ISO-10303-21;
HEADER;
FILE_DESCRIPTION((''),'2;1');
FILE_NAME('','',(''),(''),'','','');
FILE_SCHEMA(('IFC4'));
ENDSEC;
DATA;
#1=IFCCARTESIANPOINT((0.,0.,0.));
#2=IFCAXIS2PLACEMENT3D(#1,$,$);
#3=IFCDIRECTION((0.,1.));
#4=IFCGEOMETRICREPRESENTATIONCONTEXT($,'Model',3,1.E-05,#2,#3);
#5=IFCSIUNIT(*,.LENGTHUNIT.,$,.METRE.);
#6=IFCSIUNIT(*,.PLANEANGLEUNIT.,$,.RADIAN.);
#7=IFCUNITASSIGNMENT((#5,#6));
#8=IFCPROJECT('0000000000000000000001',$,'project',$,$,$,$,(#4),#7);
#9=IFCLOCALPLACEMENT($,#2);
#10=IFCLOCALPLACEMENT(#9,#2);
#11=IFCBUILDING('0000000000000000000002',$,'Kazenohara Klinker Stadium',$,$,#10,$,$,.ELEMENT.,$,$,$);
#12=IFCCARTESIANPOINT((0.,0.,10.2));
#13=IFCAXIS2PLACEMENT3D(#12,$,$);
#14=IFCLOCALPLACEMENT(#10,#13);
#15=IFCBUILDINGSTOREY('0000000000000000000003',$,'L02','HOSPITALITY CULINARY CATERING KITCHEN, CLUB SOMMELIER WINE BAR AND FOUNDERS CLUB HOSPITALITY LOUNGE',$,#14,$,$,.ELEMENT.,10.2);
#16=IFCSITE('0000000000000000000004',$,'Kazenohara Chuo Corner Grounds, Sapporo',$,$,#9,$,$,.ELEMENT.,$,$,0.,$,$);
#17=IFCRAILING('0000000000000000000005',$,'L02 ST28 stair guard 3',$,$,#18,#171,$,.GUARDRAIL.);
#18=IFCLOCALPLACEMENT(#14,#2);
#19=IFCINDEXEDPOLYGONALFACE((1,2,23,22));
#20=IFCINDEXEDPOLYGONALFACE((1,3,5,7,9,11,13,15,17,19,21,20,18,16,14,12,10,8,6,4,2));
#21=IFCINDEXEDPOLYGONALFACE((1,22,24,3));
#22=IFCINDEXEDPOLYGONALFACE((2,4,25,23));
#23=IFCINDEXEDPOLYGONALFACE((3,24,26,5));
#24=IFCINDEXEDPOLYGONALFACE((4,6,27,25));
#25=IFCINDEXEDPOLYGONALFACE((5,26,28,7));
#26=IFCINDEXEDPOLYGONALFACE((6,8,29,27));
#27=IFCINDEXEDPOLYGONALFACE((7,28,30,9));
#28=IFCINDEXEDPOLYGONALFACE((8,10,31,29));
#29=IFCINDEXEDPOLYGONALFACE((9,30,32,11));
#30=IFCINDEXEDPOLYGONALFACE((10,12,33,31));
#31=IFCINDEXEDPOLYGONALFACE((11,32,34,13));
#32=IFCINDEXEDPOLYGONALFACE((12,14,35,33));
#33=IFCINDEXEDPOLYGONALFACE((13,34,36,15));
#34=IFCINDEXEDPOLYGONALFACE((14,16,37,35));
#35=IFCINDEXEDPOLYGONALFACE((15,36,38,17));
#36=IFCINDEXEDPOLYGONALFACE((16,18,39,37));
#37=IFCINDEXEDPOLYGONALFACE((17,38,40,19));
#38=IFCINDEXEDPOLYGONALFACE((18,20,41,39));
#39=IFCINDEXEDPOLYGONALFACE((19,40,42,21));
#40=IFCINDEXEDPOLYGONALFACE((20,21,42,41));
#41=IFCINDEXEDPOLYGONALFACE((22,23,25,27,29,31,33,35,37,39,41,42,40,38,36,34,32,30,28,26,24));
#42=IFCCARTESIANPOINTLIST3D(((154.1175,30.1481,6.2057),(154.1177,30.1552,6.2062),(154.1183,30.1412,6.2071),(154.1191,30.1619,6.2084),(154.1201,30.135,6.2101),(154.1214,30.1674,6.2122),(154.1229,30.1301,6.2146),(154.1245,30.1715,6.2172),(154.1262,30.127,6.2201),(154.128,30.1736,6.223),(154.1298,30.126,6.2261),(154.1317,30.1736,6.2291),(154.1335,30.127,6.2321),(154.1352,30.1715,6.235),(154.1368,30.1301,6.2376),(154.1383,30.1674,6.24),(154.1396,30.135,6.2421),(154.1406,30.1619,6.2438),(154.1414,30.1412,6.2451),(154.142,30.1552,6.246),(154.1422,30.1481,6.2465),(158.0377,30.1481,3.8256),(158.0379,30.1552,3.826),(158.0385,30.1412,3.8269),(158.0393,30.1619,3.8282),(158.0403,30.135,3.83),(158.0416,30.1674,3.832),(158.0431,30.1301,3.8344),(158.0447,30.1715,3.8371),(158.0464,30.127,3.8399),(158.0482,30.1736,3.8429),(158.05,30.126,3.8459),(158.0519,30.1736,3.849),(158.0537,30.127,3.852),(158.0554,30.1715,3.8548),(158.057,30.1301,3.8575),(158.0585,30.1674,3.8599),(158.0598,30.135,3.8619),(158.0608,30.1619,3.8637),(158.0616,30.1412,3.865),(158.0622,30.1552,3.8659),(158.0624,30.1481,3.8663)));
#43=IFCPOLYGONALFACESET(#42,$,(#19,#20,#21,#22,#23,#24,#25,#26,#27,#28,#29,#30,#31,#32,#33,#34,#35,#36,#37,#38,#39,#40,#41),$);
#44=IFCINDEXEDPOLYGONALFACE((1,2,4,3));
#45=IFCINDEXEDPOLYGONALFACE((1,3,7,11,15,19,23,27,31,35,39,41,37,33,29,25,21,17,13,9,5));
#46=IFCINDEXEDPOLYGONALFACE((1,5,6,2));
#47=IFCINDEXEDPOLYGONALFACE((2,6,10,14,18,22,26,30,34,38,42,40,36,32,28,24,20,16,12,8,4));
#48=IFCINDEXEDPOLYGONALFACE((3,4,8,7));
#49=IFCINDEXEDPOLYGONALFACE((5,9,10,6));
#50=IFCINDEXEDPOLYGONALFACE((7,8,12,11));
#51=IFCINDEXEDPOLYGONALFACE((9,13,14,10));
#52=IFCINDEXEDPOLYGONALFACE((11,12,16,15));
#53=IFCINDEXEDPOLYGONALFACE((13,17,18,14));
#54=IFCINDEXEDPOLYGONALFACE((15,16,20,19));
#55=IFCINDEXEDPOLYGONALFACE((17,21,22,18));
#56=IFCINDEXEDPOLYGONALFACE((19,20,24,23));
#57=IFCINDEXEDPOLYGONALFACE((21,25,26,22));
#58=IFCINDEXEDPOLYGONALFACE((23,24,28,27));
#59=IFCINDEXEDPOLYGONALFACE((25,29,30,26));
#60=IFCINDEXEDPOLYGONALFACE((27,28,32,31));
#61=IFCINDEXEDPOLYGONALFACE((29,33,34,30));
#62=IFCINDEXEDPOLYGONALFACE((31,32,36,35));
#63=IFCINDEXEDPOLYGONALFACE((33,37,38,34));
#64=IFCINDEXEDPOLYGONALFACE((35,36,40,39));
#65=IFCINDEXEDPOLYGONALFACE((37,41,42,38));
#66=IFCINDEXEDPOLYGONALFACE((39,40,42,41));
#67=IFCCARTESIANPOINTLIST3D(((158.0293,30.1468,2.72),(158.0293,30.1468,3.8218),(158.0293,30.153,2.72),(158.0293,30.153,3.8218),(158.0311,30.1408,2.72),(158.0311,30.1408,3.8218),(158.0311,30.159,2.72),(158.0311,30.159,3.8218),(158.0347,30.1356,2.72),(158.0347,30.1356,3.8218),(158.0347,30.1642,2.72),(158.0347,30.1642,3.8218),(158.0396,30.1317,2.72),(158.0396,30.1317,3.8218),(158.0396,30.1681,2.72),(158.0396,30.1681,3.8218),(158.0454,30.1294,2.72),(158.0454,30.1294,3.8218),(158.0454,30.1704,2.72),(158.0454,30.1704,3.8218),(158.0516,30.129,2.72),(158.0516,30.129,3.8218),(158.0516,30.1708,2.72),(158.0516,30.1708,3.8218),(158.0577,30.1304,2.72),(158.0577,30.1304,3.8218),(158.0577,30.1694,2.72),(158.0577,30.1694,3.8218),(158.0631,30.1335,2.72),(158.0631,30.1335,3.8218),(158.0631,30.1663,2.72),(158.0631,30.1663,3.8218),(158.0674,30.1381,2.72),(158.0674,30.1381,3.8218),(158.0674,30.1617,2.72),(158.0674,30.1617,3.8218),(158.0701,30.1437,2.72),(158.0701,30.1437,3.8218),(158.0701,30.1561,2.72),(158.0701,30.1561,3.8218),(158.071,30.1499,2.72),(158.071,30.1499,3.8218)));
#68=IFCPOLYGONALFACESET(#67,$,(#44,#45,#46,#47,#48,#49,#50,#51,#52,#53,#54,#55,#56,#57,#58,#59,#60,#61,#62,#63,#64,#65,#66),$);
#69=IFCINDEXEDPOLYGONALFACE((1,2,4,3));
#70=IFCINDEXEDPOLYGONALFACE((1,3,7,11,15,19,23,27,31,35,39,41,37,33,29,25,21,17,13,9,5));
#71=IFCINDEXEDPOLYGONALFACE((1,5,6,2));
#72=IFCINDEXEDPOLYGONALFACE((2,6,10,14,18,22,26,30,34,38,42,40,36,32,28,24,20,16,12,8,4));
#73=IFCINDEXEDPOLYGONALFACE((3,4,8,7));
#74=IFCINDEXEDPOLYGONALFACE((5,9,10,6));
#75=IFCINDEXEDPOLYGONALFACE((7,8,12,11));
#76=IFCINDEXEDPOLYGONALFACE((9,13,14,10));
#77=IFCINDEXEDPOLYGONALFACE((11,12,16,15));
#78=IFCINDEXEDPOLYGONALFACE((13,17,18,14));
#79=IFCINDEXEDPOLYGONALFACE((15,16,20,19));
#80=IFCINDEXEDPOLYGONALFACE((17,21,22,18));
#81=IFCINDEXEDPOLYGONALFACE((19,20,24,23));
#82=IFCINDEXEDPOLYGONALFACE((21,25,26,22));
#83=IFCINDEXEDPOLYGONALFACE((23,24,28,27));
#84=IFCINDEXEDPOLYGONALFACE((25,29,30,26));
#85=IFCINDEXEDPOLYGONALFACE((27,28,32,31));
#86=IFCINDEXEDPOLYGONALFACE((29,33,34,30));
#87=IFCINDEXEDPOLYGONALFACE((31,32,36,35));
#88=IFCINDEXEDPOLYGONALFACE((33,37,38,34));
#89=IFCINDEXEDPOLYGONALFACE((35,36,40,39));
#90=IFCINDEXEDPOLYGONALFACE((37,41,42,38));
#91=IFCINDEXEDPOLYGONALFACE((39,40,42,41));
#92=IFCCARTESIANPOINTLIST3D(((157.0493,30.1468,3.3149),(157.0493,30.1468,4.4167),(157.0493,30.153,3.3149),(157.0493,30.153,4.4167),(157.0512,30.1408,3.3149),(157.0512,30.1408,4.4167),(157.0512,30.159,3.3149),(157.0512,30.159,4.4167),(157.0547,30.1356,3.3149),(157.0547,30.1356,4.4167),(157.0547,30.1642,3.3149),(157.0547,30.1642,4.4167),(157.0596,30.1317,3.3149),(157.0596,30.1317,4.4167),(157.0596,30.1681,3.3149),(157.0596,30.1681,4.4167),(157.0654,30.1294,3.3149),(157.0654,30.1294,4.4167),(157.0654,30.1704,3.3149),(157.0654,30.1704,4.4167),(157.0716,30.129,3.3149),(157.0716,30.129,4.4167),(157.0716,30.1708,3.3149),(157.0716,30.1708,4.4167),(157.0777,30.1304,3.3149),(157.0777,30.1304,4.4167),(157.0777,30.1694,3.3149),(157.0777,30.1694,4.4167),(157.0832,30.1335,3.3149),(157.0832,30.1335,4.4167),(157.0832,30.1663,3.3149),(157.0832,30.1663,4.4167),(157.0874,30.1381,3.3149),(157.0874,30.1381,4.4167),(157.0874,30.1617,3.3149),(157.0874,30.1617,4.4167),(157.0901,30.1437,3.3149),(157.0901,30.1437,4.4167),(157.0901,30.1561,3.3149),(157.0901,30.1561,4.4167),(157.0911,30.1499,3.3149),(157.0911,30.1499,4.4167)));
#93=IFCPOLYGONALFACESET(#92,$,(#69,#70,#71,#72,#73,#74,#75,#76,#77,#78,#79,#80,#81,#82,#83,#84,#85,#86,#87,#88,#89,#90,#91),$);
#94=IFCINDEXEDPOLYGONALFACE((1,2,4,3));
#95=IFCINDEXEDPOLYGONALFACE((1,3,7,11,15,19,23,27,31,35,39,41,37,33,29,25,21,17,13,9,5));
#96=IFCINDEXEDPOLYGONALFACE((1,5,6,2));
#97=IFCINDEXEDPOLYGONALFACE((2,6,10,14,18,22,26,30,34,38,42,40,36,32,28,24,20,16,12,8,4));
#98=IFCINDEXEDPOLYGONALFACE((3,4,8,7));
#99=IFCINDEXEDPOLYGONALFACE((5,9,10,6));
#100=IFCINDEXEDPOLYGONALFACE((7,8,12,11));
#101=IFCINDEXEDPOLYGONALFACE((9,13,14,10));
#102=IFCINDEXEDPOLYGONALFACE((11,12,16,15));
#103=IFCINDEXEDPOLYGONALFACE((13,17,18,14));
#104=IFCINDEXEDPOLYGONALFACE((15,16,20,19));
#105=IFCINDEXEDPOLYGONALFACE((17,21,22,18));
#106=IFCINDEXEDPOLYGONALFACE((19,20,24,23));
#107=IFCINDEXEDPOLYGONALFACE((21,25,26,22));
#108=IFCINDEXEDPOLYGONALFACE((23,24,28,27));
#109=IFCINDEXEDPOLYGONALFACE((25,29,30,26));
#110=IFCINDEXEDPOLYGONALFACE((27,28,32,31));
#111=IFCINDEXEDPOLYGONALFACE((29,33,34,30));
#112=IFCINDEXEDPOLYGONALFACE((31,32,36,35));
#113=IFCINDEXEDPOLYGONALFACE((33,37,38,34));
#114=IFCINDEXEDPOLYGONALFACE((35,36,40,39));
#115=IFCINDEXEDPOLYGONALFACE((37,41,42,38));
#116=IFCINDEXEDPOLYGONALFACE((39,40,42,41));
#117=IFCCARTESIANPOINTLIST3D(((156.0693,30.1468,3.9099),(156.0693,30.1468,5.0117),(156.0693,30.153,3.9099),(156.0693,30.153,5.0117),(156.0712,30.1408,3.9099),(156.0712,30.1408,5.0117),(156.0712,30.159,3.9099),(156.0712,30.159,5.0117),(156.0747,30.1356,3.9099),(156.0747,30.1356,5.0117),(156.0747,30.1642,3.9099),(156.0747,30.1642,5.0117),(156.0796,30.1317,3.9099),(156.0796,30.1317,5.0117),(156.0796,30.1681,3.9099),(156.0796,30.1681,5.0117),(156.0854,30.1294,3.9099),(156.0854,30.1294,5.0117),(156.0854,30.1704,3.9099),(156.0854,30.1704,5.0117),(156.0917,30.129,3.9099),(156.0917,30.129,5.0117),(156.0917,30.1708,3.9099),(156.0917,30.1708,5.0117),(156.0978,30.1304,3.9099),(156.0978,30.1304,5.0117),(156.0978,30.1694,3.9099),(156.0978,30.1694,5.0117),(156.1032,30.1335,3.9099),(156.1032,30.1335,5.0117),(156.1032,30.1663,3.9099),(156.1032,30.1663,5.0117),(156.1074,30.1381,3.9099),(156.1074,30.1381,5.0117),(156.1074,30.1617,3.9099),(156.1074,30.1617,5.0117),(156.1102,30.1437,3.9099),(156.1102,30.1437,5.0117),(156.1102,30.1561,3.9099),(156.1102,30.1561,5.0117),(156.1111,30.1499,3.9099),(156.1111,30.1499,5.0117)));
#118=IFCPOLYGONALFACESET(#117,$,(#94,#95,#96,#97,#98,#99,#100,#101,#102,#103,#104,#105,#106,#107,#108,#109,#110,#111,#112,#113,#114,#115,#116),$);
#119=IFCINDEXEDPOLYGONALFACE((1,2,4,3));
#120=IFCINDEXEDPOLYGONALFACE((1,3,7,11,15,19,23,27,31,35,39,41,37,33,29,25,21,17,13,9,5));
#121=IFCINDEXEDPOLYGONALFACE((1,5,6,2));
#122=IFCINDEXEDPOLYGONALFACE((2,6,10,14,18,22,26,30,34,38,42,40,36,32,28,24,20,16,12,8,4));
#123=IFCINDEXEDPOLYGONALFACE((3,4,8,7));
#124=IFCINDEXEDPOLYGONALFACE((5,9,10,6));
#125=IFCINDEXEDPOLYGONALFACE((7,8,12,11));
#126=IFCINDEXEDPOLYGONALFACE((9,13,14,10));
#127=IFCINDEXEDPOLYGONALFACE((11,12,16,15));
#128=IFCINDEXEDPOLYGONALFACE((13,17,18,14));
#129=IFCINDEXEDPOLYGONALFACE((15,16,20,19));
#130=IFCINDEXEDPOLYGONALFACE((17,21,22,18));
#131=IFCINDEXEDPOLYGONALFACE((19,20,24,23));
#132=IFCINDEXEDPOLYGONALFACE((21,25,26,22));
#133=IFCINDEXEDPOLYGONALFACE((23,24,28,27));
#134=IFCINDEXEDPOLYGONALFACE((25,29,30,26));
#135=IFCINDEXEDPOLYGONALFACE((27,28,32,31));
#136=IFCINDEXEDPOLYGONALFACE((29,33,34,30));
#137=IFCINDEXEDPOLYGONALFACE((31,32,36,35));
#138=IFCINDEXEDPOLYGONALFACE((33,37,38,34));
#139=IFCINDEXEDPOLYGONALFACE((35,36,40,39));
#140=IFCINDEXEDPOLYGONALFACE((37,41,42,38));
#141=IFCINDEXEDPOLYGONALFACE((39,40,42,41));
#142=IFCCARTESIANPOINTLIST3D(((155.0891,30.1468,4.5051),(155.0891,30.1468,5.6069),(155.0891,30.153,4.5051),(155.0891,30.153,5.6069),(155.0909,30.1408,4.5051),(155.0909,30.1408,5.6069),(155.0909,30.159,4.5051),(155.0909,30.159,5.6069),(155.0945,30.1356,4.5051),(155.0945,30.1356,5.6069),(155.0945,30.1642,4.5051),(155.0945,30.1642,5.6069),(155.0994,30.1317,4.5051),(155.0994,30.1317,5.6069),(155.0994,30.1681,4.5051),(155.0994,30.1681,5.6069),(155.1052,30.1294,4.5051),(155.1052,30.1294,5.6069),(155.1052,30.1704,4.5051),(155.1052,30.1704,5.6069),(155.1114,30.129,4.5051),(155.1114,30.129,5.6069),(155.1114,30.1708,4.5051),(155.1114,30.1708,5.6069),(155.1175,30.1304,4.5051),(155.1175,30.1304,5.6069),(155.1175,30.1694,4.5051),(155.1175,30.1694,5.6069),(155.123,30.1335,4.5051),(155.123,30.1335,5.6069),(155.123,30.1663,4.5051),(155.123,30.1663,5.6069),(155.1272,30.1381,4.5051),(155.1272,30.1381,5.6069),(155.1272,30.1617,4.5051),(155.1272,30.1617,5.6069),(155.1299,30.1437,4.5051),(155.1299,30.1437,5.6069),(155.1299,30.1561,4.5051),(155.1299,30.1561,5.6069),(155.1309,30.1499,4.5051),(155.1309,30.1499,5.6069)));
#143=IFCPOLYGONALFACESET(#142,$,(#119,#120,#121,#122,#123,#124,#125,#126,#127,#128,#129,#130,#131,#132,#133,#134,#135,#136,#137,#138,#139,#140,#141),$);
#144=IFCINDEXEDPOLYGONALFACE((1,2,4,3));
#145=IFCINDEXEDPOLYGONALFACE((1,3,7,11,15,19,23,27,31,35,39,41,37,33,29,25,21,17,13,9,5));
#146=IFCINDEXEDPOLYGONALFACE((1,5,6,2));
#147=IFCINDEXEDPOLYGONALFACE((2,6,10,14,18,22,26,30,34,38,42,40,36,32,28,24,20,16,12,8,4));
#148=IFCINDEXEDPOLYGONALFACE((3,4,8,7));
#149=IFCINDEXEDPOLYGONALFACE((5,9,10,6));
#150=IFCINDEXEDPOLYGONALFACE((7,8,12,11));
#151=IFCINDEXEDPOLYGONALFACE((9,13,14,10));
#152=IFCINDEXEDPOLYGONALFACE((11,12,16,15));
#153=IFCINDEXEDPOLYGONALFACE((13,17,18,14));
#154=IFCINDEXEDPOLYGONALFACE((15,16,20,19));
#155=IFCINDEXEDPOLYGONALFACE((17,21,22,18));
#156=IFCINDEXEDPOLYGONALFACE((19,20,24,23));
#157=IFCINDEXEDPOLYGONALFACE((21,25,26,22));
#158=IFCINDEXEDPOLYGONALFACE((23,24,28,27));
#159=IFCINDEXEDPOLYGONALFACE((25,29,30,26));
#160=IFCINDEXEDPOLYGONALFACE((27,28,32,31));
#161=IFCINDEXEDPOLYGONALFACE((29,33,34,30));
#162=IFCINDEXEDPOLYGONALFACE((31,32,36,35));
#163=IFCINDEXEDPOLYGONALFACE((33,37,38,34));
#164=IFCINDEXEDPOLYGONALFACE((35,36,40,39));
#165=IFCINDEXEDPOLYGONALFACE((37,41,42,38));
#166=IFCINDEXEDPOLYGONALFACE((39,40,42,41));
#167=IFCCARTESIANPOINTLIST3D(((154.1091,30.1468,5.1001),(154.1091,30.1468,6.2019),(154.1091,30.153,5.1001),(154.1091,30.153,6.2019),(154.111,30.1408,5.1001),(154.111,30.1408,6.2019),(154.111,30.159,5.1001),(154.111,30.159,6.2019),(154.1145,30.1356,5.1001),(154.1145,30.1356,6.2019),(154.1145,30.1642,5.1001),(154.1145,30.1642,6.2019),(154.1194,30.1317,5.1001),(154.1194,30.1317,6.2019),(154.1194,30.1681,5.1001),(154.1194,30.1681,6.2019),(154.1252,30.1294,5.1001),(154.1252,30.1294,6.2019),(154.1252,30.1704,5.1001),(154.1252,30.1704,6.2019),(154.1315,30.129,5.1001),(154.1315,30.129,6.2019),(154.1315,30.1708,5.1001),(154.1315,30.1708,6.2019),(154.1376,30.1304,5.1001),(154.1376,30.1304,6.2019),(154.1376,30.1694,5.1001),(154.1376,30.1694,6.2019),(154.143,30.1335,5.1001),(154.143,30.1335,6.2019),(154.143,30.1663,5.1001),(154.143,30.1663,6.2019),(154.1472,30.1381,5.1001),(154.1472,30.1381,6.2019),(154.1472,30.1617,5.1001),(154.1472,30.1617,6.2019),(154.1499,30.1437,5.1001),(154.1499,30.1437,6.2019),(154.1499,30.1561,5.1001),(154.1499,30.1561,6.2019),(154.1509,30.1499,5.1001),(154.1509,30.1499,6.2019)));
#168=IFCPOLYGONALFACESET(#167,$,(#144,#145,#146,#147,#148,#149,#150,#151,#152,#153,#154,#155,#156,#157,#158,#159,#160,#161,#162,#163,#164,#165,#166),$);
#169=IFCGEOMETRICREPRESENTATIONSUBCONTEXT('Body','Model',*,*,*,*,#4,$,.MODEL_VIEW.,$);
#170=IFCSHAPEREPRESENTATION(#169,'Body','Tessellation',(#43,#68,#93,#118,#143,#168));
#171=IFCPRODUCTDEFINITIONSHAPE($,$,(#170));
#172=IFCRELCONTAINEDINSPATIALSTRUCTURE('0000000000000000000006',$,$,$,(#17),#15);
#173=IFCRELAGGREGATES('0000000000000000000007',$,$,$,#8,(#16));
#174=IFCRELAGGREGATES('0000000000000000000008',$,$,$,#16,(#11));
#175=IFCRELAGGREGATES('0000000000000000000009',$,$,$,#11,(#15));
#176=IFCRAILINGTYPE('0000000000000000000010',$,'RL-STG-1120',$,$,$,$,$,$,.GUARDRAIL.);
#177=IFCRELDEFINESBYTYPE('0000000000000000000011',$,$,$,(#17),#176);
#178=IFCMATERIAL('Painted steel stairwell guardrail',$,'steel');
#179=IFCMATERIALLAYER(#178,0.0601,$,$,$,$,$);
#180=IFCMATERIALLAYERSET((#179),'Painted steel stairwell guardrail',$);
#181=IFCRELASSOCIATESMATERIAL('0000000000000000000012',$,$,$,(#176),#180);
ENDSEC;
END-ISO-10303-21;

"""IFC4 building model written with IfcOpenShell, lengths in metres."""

from ifc_helpers import new_model, si_unit, direction, frame, origin, origin_2d, place, context, subcontext, project, spatial, circle, extrude, material, layer, layer_set, type_object, element, save


model = new_model("IFC4")

# Units and contexts
model_context = context("Model", 3, precision=1e-05, world=origin(), true_north=direction((0.0, 1.0)))
body_context = subcontext(model_context, "Body", "Model", "MODEL_VIEW")
ifc_project = project(units=[si_unit("LENGTHUNIT", "METRE"), si_unit("PLANEANGLEUNIT", "RADIAN")], contexts=[model_context])

# Site, building, storey
site_placement = place(None, origin())
site = spatial("IfcSite", under=ifc_project, at=site_placement, Name="Kazenohara Chuo Corner Grounds, Sapporo", CompositionType="ELEMENT", RefElevation=0.0)
building_placement = place(site_placement, origin())
building = spatial("IfcBuilding", under=site, at=building_placement, Name="Kazenohara Klinker Stadium", CompositionType="ELEMENT")
storey_placement = place(building_placement, frame((0.0, 0.0, 10.2)))
storey = spatial("IfcBuildingStorey", under=building, at=storey_placement, Name="L02", Description="HOSPITALITY CULINARY CATERING KITCHEN, CLUB SOMMELIER WINE BAR AND FOUNDERS CLUB HOSPITALITY LOUNGE", CompositionType="ELEMENT", Elevation=10.2)

# Railing
ifc_material_1 = material(Name="Painted steel stairwell guardrail", Category="steel")
ifc_layer_1 = layer(ifc_material_1, 0.0601)
ifc_layer_set_1 = layer_set([ifc_layer_1], Name="Painted steel stairwell guardrail")
railing_type_1 = type_object("IfcRailingType", Name="RL-STG-1120", PredefinedType="GUARDRAIL", material=ifc_layer_set_1)
railing_1_placement = place(storey_placement, frame((158.05, 30.1499, 2.72)))
element("IfcRailing", 1, at=railing_1_placement, inside=storey, type_object=railing_type_1, Name="L02 ST28 stair guard 3", PredefinedType="GUARDRAIL", context=body_context, shape_type="SweptSolid", body=[
    extrude(circle(Radius=0.0239, at=origin_2d()), frame((0.0, 0.0, 1.126), z_axis=(-0.854785, 0.0, 0.518982), x_axis=(0.0, -1.0, 0.0)), (0.0, 0.0, 1.0), 4.5862),
    extrude(circle(Radius=0.021, at=origin_2d()), origin(), (0.0, 0.0, 1.0), 1.1018),
    extrude(circle(Radius=0.021, at=origin_2d()), frame((-0.98, 0.0, 0.595)), (0.0, 0.0, 1.0), 1.1018),
    extrude(circle(Radius=0.021, at=origin_2d()), frame((-1.96, 0.0, 1.1899)), (0.0, 0.0, 1.0), 1.1018),
    extrude(circle(Radius=0.021, at=origin_2d()), frame((-2.9402, 0.0, 1.7852)), (0.0, 0.0, 1.0), 1.1018),
    extrude(circle(Radius=0.021, at=origin_2d()), frame((-3.9202, 0.0, 2.3801)), (0.0, 0.0, 1.0), 1.1018),
])

save(model, "model.ifc")
